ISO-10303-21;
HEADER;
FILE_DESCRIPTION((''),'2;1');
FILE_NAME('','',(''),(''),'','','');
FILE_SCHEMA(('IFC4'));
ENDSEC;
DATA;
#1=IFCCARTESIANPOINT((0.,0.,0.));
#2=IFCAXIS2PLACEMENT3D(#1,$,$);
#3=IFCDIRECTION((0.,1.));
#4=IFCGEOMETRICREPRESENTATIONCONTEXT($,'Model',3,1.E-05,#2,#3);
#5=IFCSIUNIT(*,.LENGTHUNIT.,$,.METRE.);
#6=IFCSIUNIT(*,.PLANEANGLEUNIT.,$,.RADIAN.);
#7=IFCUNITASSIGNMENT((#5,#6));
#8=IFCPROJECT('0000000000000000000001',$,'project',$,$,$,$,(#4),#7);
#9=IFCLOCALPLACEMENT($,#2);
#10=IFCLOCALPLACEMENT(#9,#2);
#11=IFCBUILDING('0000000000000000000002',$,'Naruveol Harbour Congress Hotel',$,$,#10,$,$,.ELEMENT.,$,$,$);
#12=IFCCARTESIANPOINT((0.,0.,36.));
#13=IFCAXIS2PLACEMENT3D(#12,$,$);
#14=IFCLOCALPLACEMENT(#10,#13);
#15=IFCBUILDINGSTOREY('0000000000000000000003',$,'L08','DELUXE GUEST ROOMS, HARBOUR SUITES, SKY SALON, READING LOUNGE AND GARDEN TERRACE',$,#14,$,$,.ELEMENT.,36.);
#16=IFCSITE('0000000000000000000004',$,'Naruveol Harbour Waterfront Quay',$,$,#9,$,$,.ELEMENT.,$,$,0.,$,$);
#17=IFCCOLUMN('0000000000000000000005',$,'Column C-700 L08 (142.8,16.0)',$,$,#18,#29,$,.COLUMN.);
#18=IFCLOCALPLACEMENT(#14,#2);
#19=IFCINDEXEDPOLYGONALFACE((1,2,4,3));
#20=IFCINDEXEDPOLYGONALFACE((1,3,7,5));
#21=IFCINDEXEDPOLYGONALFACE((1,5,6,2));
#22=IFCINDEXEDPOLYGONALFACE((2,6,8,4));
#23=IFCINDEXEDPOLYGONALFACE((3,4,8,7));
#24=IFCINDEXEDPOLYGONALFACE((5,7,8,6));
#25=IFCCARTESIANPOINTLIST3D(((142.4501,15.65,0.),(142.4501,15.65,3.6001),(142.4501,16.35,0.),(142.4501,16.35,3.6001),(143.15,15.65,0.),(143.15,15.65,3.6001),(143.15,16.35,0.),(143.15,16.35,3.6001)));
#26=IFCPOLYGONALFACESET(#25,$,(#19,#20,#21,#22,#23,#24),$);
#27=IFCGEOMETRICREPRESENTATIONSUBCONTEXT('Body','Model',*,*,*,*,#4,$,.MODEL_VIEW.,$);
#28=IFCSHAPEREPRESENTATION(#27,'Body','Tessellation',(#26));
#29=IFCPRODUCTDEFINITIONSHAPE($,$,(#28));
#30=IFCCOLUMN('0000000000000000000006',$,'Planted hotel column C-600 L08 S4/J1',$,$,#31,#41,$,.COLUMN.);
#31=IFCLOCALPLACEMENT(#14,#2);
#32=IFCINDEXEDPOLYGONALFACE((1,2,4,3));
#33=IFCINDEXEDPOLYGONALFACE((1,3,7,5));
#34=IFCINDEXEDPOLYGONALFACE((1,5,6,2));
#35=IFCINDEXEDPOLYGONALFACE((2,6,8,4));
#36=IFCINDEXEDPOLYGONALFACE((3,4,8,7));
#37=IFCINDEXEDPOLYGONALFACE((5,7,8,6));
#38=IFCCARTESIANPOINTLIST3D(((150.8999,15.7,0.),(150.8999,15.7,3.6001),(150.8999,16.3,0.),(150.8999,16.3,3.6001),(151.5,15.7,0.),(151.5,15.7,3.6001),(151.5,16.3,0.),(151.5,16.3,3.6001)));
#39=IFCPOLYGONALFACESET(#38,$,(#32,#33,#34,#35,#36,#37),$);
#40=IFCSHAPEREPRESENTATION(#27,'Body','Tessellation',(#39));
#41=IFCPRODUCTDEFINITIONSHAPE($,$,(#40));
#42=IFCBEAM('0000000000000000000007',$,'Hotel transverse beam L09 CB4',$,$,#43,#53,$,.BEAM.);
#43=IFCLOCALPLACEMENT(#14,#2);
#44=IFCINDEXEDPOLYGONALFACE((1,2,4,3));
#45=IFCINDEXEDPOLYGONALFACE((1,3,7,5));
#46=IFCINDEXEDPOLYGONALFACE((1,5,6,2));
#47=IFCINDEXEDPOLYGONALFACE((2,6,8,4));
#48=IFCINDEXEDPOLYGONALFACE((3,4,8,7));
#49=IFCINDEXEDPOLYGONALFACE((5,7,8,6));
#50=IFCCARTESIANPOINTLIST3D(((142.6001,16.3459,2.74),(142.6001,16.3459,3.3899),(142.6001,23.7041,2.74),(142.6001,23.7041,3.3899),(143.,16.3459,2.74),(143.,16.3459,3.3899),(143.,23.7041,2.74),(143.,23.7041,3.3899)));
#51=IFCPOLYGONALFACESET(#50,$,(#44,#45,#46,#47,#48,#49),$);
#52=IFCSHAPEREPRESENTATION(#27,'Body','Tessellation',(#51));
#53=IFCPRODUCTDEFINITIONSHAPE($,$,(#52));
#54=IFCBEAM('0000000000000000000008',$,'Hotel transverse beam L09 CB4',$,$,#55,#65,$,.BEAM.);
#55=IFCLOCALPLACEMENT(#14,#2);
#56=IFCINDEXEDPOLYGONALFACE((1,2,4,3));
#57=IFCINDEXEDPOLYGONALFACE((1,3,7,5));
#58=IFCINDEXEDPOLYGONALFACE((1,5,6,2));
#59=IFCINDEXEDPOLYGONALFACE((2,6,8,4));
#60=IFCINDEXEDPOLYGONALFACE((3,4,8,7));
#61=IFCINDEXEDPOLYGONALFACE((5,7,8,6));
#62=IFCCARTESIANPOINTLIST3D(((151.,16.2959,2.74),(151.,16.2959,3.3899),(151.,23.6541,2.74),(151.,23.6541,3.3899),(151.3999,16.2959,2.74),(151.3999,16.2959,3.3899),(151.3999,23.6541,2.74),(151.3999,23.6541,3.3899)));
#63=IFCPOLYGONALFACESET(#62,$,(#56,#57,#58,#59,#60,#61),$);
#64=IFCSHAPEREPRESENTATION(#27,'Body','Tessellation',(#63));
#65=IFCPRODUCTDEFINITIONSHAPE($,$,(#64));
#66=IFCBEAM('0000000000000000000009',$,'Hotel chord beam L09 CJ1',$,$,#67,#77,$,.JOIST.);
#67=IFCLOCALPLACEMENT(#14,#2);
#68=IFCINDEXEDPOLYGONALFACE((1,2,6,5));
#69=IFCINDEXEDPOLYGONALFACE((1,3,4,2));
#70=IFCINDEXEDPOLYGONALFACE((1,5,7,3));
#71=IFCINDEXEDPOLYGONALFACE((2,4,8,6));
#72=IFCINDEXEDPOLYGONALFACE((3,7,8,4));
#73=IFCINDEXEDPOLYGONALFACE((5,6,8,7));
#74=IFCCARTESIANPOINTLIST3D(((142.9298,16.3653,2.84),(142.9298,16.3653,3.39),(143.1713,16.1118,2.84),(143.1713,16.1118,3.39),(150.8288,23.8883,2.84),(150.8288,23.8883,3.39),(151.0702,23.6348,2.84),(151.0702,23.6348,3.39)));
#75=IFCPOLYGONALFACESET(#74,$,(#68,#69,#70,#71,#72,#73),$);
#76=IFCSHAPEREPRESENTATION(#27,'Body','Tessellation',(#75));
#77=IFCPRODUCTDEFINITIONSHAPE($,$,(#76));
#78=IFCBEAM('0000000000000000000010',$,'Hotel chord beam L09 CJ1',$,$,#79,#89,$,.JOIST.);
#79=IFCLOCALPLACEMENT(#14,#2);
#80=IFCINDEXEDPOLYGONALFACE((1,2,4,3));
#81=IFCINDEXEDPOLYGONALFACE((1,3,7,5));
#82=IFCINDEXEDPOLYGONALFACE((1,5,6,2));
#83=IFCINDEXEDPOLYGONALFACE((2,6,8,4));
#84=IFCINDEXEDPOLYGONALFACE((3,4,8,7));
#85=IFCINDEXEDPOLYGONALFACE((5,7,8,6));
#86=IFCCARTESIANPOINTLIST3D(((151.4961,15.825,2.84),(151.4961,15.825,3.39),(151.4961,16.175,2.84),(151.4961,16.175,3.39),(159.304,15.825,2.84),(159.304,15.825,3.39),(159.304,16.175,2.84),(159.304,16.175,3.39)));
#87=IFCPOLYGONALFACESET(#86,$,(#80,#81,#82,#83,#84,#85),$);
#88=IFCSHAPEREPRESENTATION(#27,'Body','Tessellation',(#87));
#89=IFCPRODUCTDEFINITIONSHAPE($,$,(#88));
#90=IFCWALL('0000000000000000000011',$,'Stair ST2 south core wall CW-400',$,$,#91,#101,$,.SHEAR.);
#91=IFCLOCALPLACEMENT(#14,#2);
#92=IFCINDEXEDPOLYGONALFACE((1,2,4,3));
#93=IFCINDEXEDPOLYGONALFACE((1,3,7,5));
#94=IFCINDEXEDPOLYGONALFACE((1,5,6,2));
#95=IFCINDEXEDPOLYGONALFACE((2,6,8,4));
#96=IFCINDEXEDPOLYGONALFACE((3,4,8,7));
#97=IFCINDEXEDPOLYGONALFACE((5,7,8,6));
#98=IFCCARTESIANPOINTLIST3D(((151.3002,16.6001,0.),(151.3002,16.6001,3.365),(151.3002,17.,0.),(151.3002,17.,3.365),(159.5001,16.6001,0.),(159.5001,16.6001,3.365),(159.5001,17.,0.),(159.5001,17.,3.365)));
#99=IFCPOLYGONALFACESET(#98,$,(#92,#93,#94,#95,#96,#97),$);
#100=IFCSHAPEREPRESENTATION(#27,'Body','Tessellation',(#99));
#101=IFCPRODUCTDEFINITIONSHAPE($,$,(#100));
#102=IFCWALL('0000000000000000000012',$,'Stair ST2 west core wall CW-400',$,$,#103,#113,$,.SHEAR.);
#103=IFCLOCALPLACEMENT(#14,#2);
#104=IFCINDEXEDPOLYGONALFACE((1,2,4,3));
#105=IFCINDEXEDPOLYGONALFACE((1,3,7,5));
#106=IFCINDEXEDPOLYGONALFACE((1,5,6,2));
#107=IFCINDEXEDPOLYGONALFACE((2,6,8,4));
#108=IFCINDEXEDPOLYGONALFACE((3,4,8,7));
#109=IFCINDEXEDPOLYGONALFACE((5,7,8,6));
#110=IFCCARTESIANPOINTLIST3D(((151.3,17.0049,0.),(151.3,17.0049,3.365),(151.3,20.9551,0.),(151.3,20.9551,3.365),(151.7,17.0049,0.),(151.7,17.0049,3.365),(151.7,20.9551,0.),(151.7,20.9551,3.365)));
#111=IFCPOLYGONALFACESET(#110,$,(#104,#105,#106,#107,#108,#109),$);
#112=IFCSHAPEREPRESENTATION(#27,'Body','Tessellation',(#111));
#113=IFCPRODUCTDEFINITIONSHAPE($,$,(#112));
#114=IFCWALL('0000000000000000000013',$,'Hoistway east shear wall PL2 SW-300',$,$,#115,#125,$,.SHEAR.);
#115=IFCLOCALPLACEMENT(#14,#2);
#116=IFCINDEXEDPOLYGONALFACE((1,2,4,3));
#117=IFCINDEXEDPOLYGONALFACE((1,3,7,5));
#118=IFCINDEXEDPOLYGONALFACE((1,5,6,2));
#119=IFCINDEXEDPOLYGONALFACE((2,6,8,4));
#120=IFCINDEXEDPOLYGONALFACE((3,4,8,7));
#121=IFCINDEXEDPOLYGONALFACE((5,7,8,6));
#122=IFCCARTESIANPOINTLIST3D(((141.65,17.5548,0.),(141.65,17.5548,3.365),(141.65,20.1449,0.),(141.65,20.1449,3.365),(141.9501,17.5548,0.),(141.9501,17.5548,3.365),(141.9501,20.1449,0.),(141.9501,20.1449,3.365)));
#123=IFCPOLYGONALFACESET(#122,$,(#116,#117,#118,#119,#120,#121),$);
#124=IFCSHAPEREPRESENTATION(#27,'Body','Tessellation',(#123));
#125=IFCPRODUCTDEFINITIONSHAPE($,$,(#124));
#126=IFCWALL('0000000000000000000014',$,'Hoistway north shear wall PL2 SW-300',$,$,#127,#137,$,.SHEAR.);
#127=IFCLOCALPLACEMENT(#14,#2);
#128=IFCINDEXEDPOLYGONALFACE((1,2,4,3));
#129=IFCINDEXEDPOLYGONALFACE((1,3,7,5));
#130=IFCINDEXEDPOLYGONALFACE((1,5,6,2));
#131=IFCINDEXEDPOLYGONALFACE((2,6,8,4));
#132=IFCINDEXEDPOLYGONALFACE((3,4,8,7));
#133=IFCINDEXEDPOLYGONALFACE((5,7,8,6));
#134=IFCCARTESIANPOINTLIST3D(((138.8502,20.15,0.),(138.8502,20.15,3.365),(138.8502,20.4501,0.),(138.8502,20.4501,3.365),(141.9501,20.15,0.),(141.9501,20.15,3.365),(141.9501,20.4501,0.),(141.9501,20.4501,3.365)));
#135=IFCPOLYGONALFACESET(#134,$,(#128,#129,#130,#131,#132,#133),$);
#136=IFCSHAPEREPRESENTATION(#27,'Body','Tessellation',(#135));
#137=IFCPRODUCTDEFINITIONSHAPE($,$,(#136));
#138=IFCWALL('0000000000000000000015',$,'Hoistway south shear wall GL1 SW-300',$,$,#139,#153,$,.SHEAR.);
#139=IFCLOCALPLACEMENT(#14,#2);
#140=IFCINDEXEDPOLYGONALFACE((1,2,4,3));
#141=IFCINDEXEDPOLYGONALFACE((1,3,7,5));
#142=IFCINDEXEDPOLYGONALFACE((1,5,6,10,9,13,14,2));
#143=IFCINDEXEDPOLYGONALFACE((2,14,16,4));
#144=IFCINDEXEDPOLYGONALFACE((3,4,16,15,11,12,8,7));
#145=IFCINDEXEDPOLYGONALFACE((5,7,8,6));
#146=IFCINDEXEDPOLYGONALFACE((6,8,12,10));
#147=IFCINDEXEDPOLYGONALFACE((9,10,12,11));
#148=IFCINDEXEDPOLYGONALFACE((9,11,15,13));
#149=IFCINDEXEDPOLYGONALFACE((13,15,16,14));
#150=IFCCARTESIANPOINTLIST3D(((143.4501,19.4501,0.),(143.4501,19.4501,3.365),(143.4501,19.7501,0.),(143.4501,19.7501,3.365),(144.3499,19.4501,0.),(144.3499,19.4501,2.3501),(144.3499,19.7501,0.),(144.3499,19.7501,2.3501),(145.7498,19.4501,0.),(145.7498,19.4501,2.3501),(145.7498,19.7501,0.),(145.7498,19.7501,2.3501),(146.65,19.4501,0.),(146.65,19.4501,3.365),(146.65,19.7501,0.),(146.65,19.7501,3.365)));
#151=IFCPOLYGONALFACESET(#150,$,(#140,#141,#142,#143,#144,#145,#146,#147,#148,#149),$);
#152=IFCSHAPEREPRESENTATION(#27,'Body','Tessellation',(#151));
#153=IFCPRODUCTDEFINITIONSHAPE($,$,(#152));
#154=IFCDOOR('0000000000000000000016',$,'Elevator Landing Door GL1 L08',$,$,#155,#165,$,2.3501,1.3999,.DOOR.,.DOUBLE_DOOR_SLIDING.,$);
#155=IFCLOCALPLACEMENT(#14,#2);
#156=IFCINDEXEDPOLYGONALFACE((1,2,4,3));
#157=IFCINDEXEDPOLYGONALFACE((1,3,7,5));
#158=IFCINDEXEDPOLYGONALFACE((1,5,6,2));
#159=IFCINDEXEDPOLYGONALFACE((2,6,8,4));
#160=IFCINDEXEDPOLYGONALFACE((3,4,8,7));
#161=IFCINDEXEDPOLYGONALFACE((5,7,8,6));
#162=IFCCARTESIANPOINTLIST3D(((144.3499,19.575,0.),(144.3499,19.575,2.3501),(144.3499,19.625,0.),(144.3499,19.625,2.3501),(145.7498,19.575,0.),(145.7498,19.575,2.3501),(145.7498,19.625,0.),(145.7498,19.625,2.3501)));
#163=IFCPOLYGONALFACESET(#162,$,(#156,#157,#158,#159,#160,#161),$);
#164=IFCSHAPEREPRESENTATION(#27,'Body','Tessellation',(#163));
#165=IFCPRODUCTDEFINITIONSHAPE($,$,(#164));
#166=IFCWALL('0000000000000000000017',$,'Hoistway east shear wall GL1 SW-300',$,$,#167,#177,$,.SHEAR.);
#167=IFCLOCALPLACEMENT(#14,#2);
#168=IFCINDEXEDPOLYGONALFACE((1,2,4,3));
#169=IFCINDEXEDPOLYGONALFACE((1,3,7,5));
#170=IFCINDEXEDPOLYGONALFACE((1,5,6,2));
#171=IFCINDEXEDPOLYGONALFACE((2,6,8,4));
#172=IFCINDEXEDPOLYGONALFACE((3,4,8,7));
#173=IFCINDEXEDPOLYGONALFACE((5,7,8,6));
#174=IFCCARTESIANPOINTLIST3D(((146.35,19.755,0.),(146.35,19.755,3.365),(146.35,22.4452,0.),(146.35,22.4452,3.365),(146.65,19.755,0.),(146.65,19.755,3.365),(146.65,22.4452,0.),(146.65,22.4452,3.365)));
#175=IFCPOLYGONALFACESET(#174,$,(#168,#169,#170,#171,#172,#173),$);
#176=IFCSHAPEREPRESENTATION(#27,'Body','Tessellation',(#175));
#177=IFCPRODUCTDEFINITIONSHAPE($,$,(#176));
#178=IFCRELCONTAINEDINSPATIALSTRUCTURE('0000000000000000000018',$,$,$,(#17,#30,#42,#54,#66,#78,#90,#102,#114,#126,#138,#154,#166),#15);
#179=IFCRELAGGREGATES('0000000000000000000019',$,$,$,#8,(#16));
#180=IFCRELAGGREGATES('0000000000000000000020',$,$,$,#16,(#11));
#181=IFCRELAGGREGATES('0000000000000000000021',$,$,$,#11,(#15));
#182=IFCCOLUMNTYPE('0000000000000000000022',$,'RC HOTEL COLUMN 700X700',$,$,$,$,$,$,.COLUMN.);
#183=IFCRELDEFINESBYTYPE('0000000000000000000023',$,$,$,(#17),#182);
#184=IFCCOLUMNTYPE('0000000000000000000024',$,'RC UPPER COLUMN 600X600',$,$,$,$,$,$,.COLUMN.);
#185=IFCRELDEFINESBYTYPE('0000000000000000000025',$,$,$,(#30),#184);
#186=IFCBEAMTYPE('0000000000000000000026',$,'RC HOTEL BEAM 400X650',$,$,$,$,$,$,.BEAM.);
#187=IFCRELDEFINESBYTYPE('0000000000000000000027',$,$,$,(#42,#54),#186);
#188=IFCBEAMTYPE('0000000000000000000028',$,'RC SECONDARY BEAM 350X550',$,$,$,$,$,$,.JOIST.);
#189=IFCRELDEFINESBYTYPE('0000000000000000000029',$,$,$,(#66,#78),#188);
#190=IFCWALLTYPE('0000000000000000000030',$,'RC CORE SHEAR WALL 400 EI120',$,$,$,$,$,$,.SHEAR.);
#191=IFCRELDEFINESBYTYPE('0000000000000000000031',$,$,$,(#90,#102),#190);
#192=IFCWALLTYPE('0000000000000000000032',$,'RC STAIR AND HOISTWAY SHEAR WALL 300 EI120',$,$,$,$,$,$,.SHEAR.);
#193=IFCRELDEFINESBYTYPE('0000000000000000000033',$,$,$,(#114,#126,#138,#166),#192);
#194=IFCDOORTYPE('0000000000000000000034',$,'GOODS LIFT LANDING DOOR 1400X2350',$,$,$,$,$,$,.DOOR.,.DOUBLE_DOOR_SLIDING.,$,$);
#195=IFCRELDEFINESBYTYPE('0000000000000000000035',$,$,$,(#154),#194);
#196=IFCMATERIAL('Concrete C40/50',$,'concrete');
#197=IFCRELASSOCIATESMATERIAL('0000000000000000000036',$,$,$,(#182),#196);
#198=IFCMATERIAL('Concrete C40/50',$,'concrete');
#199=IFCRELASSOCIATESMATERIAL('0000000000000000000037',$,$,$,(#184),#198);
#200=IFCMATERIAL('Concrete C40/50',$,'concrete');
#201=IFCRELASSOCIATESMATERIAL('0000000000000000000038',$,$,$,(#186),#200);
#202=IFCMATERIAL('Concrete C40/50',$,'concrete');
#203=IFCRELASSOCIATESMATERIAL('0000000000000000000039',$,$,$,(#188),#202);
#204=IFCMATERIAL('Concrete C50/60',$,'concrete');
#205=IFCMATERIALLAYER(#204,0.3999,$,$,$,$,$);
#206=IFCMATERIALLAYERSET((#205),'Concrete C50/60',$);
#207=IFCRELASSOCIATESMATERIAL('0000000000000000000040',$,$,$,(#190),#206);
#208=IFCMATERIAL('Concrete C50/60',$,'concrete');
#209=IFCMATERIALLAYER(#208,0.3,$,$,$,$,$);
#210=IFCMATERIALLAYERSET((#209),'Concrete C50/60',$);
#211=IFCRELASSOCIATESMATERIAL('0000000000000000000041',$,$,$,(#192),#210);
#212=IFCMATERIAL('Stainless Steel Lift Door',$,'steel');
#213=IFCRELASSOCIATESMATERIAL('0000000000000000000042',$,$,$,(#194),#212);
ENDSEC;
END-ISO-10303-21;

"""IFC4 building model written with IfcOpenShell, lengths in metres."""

from ifc_helpers import new_model, si_unit, direction, frame, frame_2d, origin, origin_2d, place, context, subcontext, project, spatial, rectangle, extrude, material, layer, layer_set, material_profile, profile_set, type_object, element, fill, save


model = new_model("IFC4")

# Units and contexts
model_context = context("Model", 3, precision=1e-05, world=origin(), true_north=direction((0.0, 1.0)))
body_context = subcontext(model_context, "Body", "Model", "MODEL_VIEW")
ifc_project = project(units=[si_unit("LENGTHUNIT", "METRE"), si_unit("PLANEANGLEUNIT", "RADIAN")], contexts=[model_context])

# Site, building, storey
site_placement = place(None, origin())
site = spatial("IfcSite", under=ifc_project, at=site_placement, Name="Naruveol Harbour Waterfront Quay", CompositionType="ELEMENT", RefElevation=0.0)
building_placement = place(site_placement, origin())
building = spatial("IfcBuilding", under=site, at=building_placement, Name="Naruveol Harbour Congress Hotel", CompositionType="ELEMENT")
storey_placement = place(building_placement, frame((0.0, 0.0, 36.0)))
storey = spatial("IfcBuildingStorey", under=building, at=storey_placement, Name="L08", Description="DELUXE GUEST ROOMS, HARBOUR SUITES, SKY SALON, READING LOUNGE AND GARDEN TERRACE", CompositionType="ELEMENT", Elevation=36.0)

# Columns
ifc_material_1 = material(Name="Concrete C40/50", Category="concrete")
ifc_material_profile_1 = material_profile(ifc_material_1, rectangle(XDim=0.7, YDim=0.7, at=origin_2d()), Name="RC-700x700")
ifc_profile_set_1 = profile_set([ifc_material_profile_1], Name="Concrete C40/50")
column_type_1 = type_object("IfcColumnType", Name="RC HOTEL COLUMN 700X700", PredefinedType="COLUMN", material=ifc_profile_set_1)
column_1_placement = place(storey_placement, frame((142.8, 16.0, 0.0), z_axis=(0.0, 0.0, 1.0), x_axis=(1.0, 0.0, 0.0)))
element("IfcColumn", 1, at=column_1_placement, inside=storey, type_object=column_type_1, Name="Column C-700 L08 (142.8,16.0)", PredefinedType="COLUMN", context=body_context, shape_type="SweptSolid", body=[
    extrude(rectangle(XDim=0.7, YDim=0.7, at=origin_2d()), origin(), (0.0, 0.0, 1.0), 3.6001),
])
ifc_material_2 = material(Name="Concrete C40/50", Category="concrete")
ifc_material_profile_2 = material_profile(ifc_material_2, rectangle(XDim=0.6001, YDim=0.6001, at=origin_2d()), Name="RC-600x600")
ifc_profile_set_2 = profile_set([ifc_material_profile_2], Name="Concrete C40/50")
column_type_2 = type_object("IfcColumnType", Name="RC UPPER COLUMN 600X600", PredefinedType="COLUMN", material=ifc_profile_set_2)
column_2_placement = place(storey_placement, frame((151.2, 16.0, 0.0), z_axis=(0.0, 0.0, 1.0), x_axis=(1.0, 0.0, 0.0)))
element("IfcColumn", 2, at=column_2_placement, inside=storey, type_object=column_type_2, Name="Planted hotel column C-600 L08 S4/J1", PredefinedType="COLUMN", context=body_context, shape_type="SweptSolid", body=[
    extrude(rectangle(XDim=0.6001, YDim=0.6001, at=origin_2d()), origin(), (0.0, 0.0, 1.0), 3.6001),
])

# Beams
ifc_material_3 = material(Name="Concrete C40/50", Category="concrete")
ifc_material_profile_3 = material_profile(ifc_material_3, rectangle(XDim=0.3999, YDim=0.6499, at=origin_2d()), Name="RCB-400x650")
ifc_profile_set_3 = profile_set([ifc_material_profile_3], Name="Concrete C40/50")
beam_type_1 = type_object("IfcBeamType", Name="RC HOTEL BEAM 400X650", PredefinedType="BEAM", material=ifc_profile_set_3)
for number, where, z_axis, x_axis, name in (
    (3, (142.8, 16.3459, 3.0649), (0.0, 1.0, 0.0), (-1.0, 0.0, 0.0), "Hotel transverse beam L09 CB4"),
    (4, (151.2, 16.2959, 3.0649), (0.0, 1.0, 0.0), (-1.0, 0.0, 0.0), "Hotel transverse beam L09 CB4"),
):
    element("IfcBeam", number, at=place(storey_placement, frame(where, z_axis=z_axis, x_axis=x_axis)), inside=storey, type_object=beam_type_1, Name=name, PredefinedType="BEAM", context=body_context, shape_type="SweptSolid", body=[
        extrude(rectangle(XDim=0.3999, YDim=0.6499, at=origin_2d()), origin(), (0.0, 0.0, 1.0), 7.3582),
    ])
ifc_material_4 = material(Name="Concrete C40/50", Category="concrete")
ifc_material_profile_4 = material_profile(ifc_material_4, rectangle(XDim=0.3501, YDim=0.55, at=origin_2d()), Name="RCB-350x550")
ifc_profile_set_4 = profile_set([ifc_material_profile_4], Name="Concrete C40/50")
beam_type_2 = type_object("IfcBeamType", Name="RC SECONDARY BEAM 350X550", PredefinedType="JOIST", material=ifc_profile_set_4)
beam_1_placement = place(storey_placement, frame((143.0505, 16.2385, 3.115), z_axis=(0.72413, 0.689663, 0.0), x_axis=(-0.689663, 0.72413, 0.0)))
element("IfcBeam", 5, at=beam_1_placement, inside=storey, type_object=beam_type_2, Name="Hotel chord beam L09 CJ1", PredefinedType="JOIST", context=body_context, shape_type="SweptSolid", body=[
    extrude(rectangle(XDim=0.3501, YDim=0.55, at=origin_2d()), origin(), (0.0, 0.0, 1.0), 10.9082),
])
beam_2_placement = place(storey_placement, frame((151.4961, 16.0, 3.115), z_axis=(1.0, 0.0, 0.0), x_axis=(0.0, 1.0, 0.0)))
element("IfcBeam", 6, at=beam_2_placement, inside=storey, type_object=beam_type_2, Name="Hotel chord beam L09 CJ1", PredefinedType="JOIST", context=body_context, shape_type="SweptSolid", body=[
    extrude(rectangle(XDim=0.3501, YDim=0.55, at=origin_2d()), origin(), (0.0, 0.0, 1.0), 7.8079),
])

# Walls
ifc_material_5 = material(Name="Concrete C50/60", Category="concrete")
ifc_layer_1 = layer(ifc_material_5, 0.3999)
ifc_layer_set_1 = layer_set([ifc_layer_1], Name="Concrete C50/60")
wall_type_1 = type_object("IfcWallType", Name="RC CORE SHEAR WALL 400 EI120", PredefinedType="SHEAR", material=ifc_layer_set_1)
wall_1_placement = place(storey_placement, frame((151.3, 16.8, 0.0), z_axis=(0.0, 0.0, 1.0), x_axis=(1.0, 0.0, 0.0)))
element("IfcWall", 7, at=wall_1_placement, inside=storey, type_object=wall_type_1, Name="Stair ST2 south core wall CW-400", PredefinedType="SHEAR", context=body_context, shape_type="SweptSolid", body=[
    extrude(rectangle(XDim=8.2, YDim=0.3999, at=frame_2d((4.1001, 0.0))), origin(), (0.0, 0.0, 1.0), 3.365),
])
wall_2_placement = place(storey_placement, frame((151.5, 17.0049, 0.0), z_axis=(0.0, 0.0, 1.0), x_axis=(0.0, 1.0, 0.0)))
element("IfcWall", 8, at=wall_2_placement, inside=storey, type_object=wall_type_1, Name="Stair ST2 west core wall CW-400", PredefinedType="SHEAR", context=body_context, shape_type="SweptSolid", body=[
    extrude(rectangle(XDim=3.9502, YDim=0.3999, at=frame_2d((1.9751, 0.0))), origin(), (0.0, 0.0, 1.0), 3.365),
])
ifc_material_6 = material(Name="Concrete C50/60", Category="concrete")
ifc_layer_2 = layer(ifc_material_6, 0.3)
ifc_layer_set_2 = layer_set([ifc_layer_2], Name="Concrete C50/60")
wall_type_2 = type_object("IfcWallType", Name="RC STAIR AND HOISTWAY SHEAR WALL 300 EI120", PredefinedType="SHEAR", material=ifc_layer_set_2)
wall_3_placement = place(storey_placement, frame((141.8, 17.5549, 0.0), z_axis=(0.0, 0.0, 1.0), x_axis=(0.0, 1.0, 0.0)))
element("IfcWall", 9, at=wall_3_placement, inside=storey, type_object=wall_type_2, Name="Hoistway east shear wall PL2 SW-300", PredefinedType="SHEAR", context=body_context, shape_type="SweptSolid", body=[
    extrude(rectangle(XDim=2.5901, YDim=0.3, at=frame_2d((1.2949, 0.0))), origin(), (0.0, 0.0, 1.0), 3.365),
])
wall_4_placement = place(storey_placement, frame((141.95, 20.3, 0.0), z_axis=(0.0, 0.0, 1.0), x_axis=(-1.0, 0.0, 0.0)))
element("IfcWall", 10, at=wall_4_placement, inside=storey, type_object=wall_type_2, Name="Hoistway north shear wall PL2 SW-300", PredefinedType="SHEAR", context=body_context, shape_type="SweptSolid", body=[
    extrude(rectangle(XDim=3.0999, YDim=0.3, at=frame_2d((1.5498, 0.0))), origin(), (0.0, 0.0, 1.0), 3.365),
])

# Wall, opening, door
wall_5_placement = place(storey_placement, frame((143.45, 19.6001, 0.0), z_axis=(0.0, 0.0, 1.0), x_axis=(1.0, 0.0, 0.0)))
wall_5 = element("IfcWall", 11, at=wall_5_placement, inside=storey, type_object=wall_type_2, Name="Hoistway south shear wall GL1 SW-300", PredefinedType="SHEAR", context=body_context, shape_type="SweptSolid", body=[
    extrude(rectangle(XDim=3.2, YDim=0.3, at=frame_2d((1.6001, 0.0))), origin(), (0.0, 0.0, 1.0), 3.365),
])
opening_1_placement = place(wall_5_placement, frame((0.8999, 0.0, 0.0)))
opening_1 = element("IfcOpeningElement", 12, at=opening_1_placement, cuts=wall_5, PredefinedType="OPENING", context=body_context, shape_type="SweptSolid", body=[
    extrude(rectangle(XDim=1.3999, YDim=2.3501, at=frame_2d((0.7, 1.175))), frame((0.0, 0.1599, 0.0), z_axis=(0.0, -1.0, 0.0), x_axis=(1.0, 0.0, 0.0)), (0.0, 0.0, 1.0), 0.3201),
])
ifc_material_7 = material(Name="Stainless Steel Lift Door", Category="steel")
door_type = type_object("IfcDoorType", Name="GOODS LIFT LANDING DOOR 1400X2350", OperationType="DOUBLE_DOOR_SLIDING", PredefinedType="DOOR", material=ifc_material_7)
door_1_placement = place(opening_1_placement, origin())
door_1 = element("IfcDoor", 13, at=door_1_placement, inside=storey, type_object=door_type, Name="Elevator Landing Door GL1 L08", OperationType="DOUBLE_DOOR_SLIDING", OverallHeight=2.3501, OverallWidth=1.3999, PredefinedType="DOOR", context=body_context, shape_type="SweptSolid", body=[
    extrude(rectangle(XDim=1.3999, YDim=2.3501, at=frame_2d((0.7, 1.175))), frame((0.0, 0.0249, 0.0), z_axis=(0.0, -1.0, 0.0), x_axis=(1.0, 0.0, 0.0)), (0.0, 0.0, 1.0), 0.05),
])
fill(opening_1, door_1)

# Wall
wall_6_placement = place(storey_placement, frame((146.5, 19.7549, 0.0), z_axis=(0.0, 0.0, 1.0), x_axis=(0.0, 1.0, 0.0)))
element("IfcWall", 14, at=wall_6_placement, inside=storey, type_object=wall_type_2, Name="Hoistway east shear wall GL1 SW-300", PredefinedType="SHEAR", context=body_context, shape_type="SweptSolid", body=[
    extrude(rectangle(XDim=2.6902, YDim=0.3, at=frame_2d((1.3452, 0.0))), origin(), (0.0, 0.0, 1.0), 3.365),
])

save(model, "model.ifc")
